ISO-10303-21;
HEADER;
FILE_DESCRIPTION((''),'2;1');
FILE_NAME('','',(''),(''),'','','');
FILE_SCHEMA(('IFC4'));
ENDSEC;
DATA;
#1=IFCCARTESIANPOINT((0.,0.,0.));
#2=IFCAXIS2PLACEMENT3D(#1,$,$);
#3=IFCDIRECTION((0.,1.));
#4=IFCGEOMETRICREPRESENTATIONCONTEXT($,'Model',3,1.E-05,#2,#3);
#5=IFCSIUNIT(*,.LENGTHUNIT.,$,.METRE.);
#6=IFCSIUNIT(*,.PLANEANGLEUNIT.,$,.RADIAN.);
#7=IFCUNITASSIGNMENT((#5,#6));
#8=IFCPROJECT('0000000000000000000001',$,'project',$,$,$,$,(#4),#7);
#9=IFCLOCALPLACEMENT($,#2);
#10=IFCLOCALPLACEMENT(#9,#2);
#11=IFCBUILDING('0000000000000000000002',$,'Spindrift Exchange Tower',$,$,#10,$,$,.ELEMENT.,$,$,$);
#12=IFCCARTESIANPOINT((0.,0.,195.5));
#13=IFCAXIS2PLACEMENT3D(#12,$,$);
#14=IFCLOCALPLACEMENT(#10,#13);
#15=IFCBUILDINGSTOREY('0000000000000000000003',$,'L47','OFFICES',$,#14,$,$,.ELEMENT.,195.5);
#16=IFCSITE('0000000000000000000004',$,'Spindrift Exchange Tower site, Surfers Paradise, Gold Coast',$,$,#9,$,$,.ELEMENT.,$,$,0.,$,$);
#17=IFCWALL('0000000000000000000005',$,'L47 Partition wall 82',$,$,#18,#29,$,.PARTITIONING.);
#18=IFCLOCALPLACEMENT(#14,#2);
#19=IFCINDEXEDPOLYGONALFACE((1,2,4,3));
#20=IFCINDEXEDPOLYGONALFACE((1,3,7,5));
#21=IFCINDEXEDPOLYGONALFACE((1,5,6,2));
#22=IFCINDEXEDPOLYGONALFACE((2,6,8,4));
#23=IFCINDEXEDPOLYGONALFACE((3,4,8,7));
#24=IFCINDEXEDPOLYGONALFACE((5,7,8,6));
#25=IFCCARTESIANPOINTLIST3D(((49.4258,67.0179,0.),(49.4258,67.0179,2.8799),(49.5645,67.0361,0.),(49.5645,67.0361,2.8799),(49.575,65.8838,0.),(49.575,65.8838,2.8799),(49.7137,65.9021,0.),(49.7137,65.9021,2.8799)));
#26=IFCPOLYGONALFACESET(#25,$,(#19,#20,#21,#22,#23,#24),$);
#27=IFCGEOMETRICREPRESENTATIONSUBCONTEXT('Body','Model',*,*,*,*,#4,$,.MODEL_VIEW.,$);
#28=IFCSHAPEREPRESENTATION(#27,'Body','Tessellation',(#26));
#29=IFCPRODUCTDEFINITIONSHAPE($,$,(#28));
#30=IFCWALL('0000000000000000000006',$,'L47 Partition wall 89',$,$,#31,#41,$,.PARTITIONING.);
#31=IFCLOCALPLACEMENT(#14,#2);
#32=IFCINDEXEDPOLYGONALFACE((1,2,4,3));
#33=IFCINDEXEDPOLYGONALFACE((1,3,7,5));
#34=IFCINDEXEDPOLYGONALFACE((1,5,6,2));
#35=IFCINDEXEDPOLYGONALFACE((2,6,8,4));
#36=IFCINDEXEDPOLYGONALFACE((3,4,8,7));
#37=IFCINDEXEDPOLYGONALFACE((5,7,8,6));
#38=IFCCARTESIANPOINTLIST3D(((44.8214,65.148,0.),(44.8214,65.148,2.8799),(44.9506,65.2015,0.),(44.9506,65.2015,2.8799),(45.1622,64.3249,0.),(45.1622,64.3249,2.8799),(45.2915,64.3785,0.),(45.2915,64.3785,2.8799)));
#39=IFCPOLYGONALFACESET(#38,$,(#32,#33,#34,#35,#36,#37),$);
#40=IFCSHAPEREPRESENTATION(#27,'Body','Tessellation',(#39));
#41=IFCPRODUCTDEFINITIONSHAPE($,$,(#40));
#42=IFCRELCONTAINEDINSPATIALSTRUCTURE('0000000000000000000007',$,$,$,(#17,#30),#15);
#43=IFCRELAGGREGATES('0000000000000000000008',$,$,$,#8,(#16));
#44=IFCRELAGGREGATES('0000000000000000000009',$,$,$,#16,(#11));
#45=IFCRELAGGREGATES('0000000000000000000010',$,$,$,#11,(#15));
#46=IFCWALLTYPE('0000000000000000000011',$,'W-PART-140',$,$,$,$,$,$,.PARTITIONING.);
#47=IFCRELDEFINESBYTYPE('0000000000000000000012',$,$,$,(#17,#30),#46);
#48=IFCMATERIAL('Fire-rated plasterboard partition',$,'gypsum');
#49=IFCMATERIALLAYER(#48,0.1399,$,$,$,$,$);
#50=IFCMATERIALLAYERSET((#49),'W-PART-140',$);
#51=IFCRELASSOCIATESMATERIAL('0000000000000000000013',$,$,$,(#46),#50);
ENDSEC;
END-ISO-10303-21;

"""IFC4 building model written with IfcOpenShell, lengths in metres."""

from ifc_helpers import new_model, si_unit, direction, frame, frame_2d, origin, place, context, subcontext, project, spatial, rectangle, extrude, material, layer, layer_set, type_object, element, save


model = new_model("IFC4")

# Units and contexts
model_context = context("Model", 3, precision=1e-05, world=origin(), true_north=direction((0.0, 1.0)))
body_context = subcontext(model_context, "Body", "Model", "MODEL_VIEW")
ifc_project = project(units=[si_unit("LENGTHUNIT", "METRE"), si_unit("PLANEANGLEUNIT", "RADIAN")], contexts=[model_context])

# Site, building, storey
site_placement = place(None, origin())
site = spatial("IfcSite", under=ifc_project, at=site_placement, Name="Spindrift Exchange Tower site, Surfers Paradise, Gold Coast", CompositionType="ELEMENT", RefElevation=0.0)
building_placement = place(site_placement, origin())
building = spatial("IfcBuilding", under=site, at=building_placement, Name="Spindrift Exchange Tower", CompositionType="ELEMENT")
storey_placement = place(building_placement, frame((0.0, 0.0, 195.5)))
storey = spatial("IfcBuildingStorey", under=building, at=storey_placement, Name="L47", Description="OFFICES", CompositionType="ELEMENT", Elevation=195.5)

# Shared definitions
ifc_material_1 = material(Name="Fire-rated plasterboard partition", Category="gypsum")
ifc_layer_1 = layer(ifc_material_1, 0.1399)
ifc_layer_set_1 = layer_set([ifc_layer_1], Name="W-PART-140")
wall_type_1 = type_object("IfcWallType", Name="W-PART-140", PredefinedType="PARTITIONING", material=ifc_layer_set_1)

# Walls
wall_1_placement = place(storey_placement, frame((49.6443, 65.8931, 0.0), z_axis=(0.0, 0.0, 1.0), x_axis=(-0.130416, 0.991459, 0.0)))
element("IfcWall", 1, at=wall_1_placement, inside=storey, type_object=wall_type_1, Name="L47 Partition wall 82", PredefinedType="PARTITIONING", context=body_context, shape_type="SweptSolid", body=[
    extrude(rectangle(XDim=1.1438, YDim=0.1399, at=frame_2d((0.5718, 0.0))), origin(), (0.0, 0.0, 1.0), 2.8799),
])
wall_2_placement = place(storey_placement, frame((45.2268, 64.3518, 0.0), z_axis=(0.0, 0.0, 1.0), x_axis=(-0.38261, 0.92391, 0.0)))
element("IfcWall", 2, at=wall_2_placement, inside=storey, type_object=wall_type_1, Name="L47 Partition wall 89", PredefinedType="PARTITIONING", context=body_context, shape_type="SweptSolid", body=[
    extrude(rectangle(XDim=0.8909, YDim=0.1399, at=frame_2d((0.4453, 0.0))), origin(), (0.0, 0.0, 1.0), 2.8799),
])

save(model, "model.ifc")
